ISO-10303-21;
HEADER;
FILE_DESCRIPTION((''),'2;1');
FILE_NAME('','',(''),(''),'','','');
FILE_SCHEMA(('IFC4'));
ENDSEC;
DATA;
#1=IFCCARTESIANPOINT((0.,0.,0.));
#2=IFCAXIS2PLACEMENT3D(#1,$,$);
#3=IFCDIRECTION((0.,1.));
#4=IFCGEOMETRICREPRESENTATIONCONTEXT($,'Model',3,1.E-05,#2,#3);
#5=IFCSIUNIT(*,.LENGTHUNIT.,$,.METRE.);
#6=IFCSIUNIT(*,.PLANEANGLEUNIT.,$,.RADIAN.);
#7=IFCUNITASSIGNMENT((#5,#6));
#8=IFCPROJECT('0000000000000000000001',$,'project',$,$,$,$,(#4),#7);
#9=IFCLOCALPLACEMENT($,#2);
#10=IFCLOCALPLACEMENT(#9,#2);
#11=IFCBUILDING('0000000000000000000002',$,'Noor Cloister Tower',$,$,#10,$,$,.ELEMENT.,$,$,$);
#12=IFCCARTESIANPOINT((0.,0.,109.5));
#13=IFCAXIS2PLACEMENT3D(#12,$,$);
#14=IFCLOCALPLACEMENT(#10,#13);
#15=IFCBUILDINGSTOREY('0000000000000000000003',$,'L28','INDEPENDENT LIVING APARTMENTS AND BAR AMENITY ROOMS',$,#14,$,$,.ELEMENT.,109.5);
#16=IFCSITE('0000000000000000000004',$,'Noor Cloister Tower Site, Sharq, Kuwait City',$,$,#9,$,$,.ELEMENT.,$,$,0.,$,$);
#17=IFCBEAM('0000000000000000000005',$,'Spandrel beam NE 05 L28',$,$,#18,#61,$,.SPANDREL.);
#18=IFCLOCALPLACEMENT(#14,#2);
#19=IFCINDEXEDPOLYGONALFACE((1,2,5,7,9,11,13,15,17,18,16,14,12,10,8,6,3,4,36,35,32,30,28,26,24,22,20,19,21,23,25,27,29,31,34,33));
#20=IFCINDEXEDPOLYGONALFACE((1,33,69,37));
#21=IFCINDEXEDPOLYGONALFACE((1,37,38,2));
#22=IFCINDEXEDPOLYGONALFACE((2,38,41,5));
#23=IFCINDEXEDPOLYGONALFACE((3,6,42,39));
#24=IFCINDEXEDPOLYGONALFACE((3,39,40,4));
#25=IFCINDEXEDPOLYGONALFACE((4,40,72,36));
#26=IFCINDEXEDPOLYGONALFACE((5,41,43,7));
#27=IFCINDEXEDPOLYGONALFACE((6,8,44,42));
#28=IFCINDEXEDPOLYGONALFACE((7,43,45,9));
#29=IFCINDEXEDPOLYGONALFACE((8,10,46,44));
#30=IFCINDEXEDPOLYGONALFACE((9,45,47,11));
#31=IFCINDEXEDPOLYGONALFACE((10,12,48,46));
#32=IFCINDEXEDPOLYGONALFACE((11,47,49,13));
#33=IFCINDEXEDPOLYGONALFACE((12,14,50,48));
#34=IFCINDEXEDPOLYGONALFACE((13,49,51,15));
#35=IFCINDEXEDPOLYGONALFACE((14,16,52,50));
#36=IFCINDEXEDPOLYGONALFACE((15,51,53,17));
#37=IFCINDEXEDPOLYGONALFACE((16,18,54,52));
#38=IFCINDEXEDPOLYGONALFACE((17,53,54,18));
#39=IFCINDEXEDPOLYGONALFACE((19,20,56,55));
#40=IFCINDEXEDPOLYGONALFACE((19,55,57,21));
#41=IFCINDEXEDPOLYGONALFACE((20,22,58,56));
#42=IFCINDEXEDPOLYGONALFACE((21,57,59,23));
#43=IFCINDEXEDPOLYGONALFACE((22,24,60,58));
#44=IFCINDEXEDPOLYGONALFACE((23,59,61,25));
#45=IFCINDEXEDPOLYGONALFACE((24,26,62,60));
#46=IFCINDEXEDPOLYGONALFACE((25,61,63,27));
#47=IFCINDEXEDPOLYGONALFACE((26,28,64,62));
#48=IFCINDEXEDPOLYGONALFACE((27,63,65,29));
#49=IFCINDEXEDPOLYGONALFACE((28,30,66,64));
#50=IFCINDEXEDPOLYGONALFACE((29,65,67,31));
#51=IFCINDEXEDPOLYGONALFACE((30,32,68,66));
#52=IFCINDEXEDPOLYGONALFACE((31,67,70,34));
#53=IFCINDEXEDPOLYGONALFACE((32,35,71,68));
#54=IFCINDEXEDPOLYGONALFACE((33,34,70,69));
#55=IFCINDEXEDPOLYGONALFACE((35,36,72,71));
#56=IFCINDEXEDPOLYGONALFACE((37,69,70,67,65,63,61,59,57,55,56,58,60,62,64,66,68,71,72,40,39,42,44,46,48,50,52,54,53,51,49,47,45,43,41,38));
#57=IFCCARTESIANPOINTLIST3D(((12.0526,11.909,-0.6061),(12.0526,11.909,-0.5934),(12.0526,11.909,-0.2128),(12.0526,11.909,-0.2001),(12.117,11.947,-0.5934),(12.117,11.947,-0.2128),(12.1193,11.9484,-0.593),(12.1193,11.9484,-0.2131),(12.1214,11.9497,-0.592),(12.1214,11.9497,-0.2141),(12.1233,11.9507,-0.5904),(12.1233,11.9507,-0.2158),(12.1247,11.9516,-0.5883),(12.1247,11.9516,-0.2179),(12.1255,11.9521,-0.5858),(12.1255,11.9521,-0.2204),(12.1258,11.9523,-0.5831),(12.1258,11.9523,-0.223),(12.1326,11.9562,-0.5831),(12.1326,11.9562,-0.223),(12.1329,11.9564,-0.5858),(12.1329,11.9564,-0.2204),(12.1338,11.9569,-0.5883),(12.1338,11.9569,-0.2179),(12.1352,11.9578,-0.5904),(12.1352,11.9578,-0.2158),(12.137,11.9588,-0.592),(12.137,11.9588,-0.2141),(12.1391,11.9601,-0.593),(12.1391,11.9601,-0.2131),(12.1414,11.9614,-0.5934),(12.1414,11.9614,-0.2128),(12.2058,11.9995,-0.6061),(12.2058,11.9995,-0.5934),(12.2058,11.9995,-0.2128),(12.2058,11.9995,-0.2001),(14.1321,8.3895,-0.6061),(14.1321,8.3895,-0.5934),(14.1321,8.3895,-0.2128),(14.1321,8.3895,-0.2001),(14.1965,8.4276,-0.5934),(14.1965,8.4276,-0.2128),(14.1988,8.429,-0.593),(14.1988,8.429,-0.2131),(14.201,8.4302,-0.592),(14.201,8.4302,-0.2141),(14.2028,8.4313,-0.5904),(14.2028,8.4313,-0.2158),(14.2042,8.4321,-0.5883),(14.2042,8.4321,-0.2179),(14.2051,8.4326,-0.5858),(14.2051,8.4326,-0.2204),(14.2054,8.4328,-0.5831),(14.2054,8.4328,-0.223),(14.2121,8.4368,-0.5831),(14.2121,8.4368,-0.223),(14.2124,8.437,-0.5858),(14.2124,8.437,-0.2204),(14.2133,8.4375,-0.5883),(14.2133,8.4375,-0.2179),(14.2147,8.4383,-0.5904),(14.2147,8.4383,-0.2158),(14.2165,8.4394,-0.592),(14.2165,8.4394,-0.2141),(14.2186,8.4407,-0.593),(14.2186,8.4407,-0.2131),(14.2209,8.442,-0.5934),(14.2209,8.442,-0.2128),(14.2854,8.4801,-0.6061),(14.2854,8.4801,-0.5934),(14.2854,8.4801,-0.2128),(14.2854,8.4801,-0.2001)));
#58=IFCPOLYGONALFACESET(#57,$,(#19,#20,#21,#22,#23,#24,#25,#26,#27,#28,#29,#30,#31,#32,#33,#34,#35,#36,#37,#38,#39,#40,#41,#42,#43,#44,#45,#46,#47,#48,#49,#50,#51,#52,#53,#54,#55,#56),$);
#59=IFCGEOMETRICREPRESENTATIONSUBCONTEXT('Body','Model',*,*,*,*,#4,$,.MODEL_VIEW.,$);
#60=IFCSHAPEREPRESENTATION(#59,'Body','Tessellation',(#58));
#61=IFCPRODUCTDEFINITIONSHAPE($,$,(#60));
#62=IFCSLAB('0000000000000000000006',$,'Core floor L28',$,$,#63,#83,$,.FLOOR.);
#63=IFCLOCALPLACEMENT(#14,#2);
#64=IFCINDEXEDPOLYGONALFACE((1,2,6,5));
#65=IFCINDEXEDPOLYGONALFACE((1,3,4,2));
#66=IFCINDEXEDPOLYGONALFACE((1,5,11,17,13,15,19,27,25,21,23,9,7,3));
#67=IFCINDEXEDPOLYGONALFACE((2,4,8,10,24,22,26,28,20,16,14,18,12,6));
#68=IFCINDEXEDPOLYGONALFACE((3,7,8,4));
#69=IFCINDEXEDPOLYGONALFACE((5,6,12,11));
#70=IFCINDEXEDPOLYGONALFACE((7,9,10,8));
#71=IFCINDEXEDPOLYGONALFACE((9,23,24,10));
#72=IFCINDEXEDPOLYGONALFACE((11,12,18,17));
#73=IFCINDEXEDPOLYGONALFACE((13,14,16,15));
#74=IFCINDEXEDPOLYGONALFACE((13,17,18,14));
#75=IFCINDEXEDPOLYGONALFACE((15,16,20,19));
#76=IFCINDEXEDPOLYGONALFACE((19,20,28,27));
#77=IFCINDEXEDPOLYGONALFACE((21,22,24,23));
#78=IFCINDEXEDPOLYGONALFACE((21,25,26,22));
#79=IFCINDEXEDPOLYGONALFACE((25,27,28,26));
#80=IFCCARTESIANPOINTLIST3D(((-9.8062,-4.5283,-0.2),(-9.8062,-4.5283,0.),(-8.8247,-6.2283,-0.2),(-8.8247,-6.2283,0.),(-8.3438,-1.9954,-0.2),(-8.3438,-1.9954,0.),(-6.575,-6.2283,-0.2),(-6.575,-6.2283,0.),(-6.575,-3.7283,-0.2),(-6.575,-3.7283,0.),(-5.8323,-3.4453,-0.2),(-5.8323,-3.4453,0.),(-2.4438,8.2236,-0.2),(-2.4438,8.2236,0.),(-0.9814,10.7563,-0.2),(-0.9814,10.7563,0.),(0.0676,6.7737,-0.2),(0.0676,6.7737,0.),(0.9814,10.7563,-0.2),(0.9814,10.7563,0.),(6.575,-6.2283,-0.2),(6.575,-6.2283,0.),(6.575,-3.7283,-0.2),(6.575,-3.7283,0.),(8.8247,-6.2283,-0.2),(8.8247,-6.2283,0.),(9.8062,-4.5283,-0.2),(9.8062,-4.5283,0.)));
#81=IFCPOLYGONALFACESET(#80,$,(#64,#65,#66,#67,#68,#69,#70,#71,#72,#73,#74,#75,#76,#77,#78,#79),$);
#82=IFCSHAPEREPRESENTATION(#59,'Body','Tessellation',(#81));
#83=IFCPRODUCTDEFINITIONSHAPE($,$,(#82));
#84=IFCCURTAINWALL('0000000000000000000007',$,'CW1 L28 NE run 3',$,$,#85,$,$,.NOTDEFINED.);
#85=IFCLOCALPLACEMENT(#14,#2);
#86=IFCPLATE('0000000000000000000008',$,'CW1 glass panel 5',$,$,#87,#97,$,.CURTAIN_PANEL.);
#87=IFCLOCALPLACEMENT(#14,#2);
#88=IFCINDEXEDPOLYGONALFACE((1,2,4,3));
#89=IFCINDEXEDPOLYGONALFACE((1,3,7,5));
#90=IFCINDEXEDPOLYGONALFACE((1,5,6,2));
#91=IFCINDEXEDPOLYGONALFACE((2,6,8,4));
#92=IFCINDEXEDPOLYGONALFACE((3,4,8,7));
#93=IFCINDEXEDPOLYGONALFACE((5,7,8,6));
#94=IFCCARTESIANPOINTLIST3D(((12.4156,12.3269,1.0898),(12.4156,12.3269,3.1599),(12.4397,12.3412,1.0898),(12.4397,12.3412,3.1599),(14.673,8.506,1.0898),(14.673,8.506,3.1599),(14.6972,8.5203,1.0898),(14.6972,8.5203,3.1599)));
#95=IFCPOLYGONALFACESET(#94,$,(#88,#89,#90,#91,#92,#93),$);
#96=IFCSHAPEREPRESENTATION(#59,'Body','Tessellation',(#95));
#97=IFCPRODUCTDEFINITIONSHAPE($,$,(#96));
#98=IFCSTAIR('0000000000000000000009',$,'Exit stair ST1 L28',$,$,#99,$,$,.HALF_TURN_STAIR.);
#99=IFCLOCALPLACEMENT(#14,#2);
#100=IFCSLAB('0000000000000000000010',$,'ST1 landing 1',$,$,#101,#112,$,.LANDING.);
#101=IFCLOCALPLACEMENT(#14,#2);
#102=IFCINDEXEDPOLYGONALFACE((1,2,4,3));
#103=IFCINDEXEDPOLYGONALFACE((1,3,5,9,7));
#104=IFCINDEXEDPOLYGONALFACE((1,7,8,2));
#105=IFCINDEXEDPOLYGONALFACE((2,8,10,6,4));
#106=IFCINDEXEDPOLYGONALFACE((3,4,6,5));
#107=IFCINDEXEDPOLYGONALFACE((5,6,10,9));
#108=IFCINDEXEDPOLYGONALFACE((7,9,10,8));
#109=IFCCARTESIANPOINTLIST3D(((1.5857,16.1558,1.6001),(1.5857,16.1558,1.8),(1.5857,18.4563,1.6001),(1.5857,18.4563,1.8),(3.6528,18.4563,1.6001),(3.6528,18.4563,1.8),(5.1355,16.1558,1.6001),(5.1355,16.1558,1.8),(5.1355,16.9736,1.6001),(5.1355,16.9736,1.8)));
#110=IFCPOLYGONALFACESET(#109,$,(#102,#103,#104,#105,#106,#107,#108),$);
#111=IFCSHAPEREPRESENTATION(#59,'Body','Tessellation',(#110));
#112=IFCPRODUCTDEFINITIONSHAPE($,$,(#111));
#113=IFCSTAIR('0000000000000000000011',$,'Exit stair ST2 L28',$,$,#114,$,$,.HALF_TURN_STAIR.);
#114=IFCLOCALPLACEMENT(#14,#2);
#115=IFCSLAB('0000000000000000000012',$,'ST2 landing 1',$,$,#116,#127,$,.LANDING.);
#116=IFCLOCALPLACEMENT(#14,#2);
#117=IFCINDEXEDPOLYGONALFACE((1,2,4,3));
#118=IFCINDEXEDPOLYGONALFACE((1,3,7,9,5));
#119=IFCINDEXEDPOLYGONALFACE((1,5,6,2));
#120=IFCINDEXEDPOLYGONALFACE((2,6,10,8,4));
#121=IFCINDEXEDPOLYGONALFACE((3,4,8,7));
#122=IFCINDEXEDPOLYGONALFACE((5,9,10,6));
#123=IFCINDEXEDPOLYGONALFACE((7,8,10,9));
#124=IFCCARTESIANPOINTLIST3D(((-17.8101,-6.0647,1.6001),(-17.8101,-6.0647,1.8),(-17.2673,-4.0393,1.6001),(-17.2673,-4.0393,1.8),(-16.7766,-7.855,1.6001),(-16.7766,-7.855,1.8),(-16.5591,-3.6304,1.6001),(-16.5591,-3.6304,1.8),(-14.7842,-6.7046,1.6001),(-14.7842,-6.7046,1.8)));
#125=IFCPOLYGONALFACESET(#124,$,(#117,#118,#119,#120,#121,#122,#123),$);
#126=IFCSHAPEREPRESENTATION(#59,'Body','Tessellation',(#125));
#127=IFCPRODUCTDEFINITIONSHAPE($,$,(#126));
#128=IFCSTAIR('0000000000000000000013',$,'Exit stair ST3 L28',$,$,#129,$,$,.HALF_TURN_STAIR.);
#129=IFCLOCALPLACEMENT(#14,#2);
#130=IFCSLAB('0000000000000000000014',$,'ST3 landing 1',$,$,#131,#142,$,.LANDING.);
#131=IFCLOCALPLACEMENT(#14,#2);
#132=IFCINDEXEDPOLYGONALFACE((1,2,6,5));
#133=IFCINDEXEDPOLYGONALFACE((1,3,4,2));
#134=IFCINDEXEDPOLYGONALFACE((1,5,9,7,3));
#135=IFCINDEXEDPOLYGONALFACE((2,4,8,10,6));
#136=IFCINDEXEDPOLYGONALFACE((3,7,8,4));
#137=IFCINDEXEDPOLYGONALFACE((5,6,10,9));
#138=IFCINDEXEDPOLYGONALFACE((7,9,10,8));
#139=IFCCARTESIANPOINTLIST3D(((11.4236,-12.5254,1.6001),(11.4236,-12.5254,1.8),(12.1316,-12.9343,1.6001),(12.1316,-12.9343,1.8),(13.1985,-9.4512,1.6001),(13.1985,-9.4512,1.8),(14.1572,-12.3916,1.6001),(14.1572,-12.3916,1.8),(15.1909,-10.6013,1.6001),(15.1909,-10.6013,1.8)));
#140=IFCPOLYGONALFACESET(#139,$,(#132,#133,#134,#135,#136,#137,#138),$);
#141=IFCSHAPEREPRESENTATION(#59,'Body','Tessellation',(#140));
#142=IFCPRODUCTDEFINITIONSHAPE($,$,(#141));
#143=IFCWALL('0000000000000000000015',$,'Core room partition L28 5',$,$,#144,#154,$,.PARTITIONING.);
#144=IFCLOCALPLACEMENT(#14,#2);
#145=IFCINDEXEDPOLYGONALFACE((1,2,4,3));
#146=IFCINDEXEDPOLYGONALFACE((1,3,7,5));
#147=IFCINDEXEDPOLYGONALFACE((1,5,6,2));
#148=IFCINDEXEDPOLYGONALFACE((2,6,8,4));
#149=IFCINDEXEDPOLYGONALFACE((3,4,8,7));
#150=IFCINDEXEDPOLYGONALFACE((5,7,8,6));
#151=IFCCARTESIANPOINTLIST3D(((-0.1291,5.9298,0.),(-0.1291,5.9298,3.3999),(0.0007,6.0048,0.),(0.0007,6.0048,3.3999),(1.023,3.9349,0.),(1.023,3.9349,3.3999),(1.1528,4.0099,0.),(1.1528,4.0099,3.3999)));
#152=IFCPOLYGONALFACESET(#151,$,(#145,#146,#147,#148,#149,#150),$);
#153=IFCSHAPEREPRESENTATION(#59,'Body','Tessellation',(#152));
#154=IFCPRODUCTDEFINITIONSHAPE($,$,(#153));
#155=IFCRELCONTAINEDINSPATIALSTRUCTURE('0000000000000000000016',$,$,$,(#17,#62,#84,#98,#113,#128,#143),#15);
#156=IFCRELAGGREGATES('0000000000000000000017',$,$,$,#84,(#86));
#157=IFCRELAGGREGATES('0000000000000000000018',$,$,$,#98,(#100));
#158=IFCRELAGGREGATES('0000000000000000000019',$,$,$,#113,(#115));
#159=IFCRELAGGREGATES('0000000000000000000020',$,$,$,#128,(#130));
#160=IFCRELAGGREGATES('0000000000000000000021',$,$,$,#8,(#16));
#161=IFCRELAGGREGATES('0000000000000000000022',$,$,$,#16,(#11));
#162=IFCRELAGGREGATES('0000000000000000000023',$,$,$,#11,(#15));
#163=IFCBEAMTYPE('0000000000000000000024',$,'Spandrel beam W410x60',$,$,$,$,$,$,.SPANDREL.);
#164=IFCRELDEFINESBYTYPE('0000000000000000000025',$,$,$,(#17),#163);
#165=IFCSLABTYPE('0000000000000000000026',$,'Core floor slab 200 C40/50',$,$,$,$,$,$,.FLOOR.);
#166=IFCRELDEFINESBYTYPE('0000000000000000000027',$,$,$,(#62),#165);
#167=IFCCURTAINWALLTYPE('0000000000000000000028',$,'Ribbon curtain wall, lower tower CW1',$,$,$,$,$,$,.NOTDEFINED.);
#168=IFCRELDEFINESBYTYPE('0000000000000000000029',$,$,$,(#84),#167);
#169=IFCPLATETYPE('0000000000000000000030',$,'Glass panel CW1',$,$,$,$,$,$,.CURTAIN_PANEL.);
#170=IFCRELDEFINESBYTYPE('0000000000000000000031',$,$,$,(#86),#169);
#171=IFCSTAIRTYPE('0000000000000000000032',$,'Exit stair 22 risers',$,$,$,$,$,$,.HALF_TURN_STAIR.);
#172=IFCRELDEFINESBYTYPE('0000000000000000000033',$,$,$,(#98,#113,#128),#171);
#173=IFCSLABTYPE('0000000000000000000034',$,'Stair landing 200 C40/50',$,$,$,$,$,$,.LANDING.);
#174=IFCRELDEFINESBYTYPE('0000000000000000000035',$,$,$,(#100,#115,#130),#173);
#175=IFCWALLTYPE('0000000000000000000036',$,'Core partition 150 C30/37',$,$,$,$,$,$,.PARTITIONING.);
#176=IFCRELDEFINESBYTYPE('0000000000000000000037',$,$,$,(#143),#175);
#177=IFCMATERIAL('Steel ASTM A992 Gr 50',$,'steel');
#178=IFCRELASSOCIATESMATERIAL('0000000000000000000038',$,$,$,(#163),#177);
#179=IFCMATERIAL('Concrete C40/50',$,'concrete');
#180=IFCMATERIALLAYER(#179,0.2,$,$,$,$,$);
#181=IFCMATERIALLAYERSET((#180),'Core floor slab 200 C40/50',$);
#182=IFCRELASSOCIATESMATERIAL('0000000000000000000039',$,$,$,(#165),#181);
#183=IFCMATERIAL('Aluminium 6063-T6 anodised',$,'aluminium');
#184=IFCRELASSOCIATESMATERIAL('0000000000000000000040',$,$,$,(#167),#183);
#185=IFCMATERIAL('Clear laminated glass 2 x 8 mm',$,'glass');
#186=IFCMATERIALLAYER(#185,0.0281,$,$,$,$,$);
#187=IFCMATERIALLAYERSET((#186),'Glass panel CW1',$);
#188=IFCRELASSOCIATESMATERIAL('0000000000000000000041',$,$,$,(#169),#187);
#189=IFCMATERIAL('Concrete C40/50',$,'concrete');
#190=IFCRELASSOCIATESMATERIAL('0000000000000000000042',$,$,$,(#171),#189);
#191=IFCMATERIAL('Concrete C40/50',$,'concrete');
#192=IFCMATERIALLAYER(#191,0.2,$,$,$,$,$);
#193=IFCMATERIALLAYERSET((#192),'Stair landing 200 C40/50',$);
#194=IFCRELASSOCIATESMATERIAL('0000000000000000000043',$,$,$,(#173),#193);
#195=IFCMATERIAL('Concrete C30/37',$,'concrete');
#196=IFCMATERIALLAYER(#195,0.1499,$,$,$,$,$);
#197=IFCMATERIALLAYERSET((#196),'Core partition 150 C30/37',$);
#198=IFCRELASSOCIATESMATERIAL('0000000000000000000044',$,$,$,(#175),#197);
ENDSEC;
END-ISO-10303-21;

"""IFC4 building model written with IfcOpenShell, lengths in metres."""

from ifc_helpers import new_model, si_unit, direction, frame, frame_2d, origin, origin_2d, place, context, subcontext, project, spatial, polyline, rectangle, i_section, outline, extrude, material, layer, layer_set, material_profile, profile_set, type_object, element, aggregate, save


model = new_model("IFC4")

# Units and contexts
model_context = context("Model", 3, precision=1e-05, world=origin(), true_north=direction((0.0, 1.0)))
body_context = subcontext(model_context, "Body", "Model", "MODEL_VIEW")
ifc_project = project(units=[si_unit("LENGTHUNIT", "METRE"), si_unit("PLANEANGLEUNIT", "RADIAN")], contexts=[model_context])

# Site, building, storey
site_placement = place(None, origin())
site = spatial("IfcSite", under=ifc_project, at=site_placement, Name="Noor Cloister Tower Site, Sharq, Kuwait City", CompositionType="ELEMENT", RefElevation=0.0)
building_placement = place(site_placement, origin())
building = spatial("IfcBuilding", under=site, at=building_placement, Name="Noor Cloister Tower", CompositionType="ELEMENT")
storey_placement = place(building_placement, frame((0.0, 0.0, 109.5)))
storey = spatial("IfcBuildingStorey", under=building, at=storey_placement, Name="L28", Description="INDEPENDENT LIVING APARTMENTS AND BAR AMENITY ROOMS", CompositionType="ELEMENT", Elevation=109.5)

# Beam
ifc_material_1 = material(Name="Steel ASTM A992 Gr 50", Category="steel")
ifc_material_profile = material_profile(ifc_material_1, i_section(OverallWidth=0.178, OverallDepth=0.406, WebThickness=0.0078, FlangeThickness=0.0127, FilletRadius=0.0103, at=origin_2d()), Name="W410x60")
ifc_profile_set = profile_set([ifc_material_profile], Name="Steel ASTM A992 Gr 50")
beam_type = type_object("IfcBeamType", Name="Spandrel beam W410x60", PredefinedType="SPANDREL", material=ifc_profile_set)
beam_placement = place(storey_placement, frame((14.2087, 8.4348, -0.4031), z_axis=(-0.508705, 0.860941, 0.0), x_axis=(-0.860941, -0.508705, 0.0)))
element("IfcBeam", 1, at=beam_placement, inside=storey, type_object=beam_type, Name="Spandrel beam NE 05 L28", PredefinedType="SPANDREL", context=body_context, shape_type="SweptSolid", body=[
    extrude(i_section(OverallWidth=0.178, OverallDepth=0.406, WebThickness=0.0078, FlangeThickness=0.0127, FilletRadius=0.0103, at=origin_2d()), origin(), (0.0, 0.0, 1.0), 4.0879),
])

# Slab
ifc_material_2 = material(Name="Concrete C40/50", Category="concrete")
ifc_layer_1 = layer(ifc_material_2, 0.2)
ifc_layer_set_1 = layer_set([ifc_layer_1], Name="Core floor slab 200 C40/50")
slab_type_1 = type_object("IfcSlabType", Name="Core floor slab 200 C40/50", PredefinedType="FLOOR", material=ifc_layer_set_1)
slab_1_placement = place(storey_placement, frame((0.0, 0.0, -0.2)))
element("IfcSlab", 2, at=slab_1_placement, inside=storey, type_object=slab_type_1, Name="Core floor L28", PredefinedType="FLOOR", context=body_context, shape_type="SweptSolid", body=[
    extrude(outline(polyline([(-6.575, -6.2283), (-6.575, -3.7283), (6.575, -3.7283), (6.575, -6.2283), (8.8247, -6.2283), (9.8062, -4.5283), (0.9814, 10.7563), (-0.9814, 10.7563), (-2.4438, 8.2236), (0.0676, 6.7737), (-5.8323, -3.4453), (-8.3438, -1.9954), (-9.8062, -4.5283), (-8.8247, -6.2283), (-6.575, -6.2283)])), origin(), (0.0, 0.0, 1.0), 0.2),
])

# Curtain wall, plate
ifc_material_3 = material(Name="Aluminium 6063-T6 anodised", Category="aluminium")
curtain_wall_type = type_object("IfcCurtainWallType", Name="Ribbon curtain wall, lower tower CW1", PredefinedType="NOTDEFINED", material=ifc_material_3)
curtain_wall_placement = place(storey_placement, origin())
curtain_wall = element("IfcCurtainWall", 3, at=curtain_wall_placement, inside=storey, type_object=curtain_wall_type, Name="CW1 L28 NE run 3", PredefinedType="NOTDEFINED")
ifc_material_4 = material(Name="Clear laminated glass 2 x 8 mm", Category="glass")
ifc_layer_2 = layer(ifc_material_4, 0.0281)
ifc_layer_set_2 = layer_set([ifc_layer_2], Name="Glass panel CW1")
plate_type = type_object("IfcPlateType", Name="Glass panel CW1", PredefinedType="CURTAIN_PANEL", material=ifc_layer_set_2)
plate_placement = place(storey_placement, frame((13.5564, 10.4236, 1.0898), z_axis=(0.0, 0.0, 1.0), x_axis=(-0.508669, 0.860962, 0.0)))
plate = element("IfcPlate", 4, at=plate_placement, type_object=plate_type, Name="CW1 glass panel 5", PredefinedType="CURTAIN_PANEL", context=body_context, shape_type="SweptSolid", body=[
    extrude(rectangle(XDim=4.438, YDim=0.0281, at=origin_2d()), origin(), (0.0, 0.0, 1.0), 2.0701),
])
aggregate(curtain_wall, [plate])

# Stairs, slabs
ifc_material_5 = material(Name="Concrete C40/50", Category="concrete")
stair_type = type_object("IfcStairType", Name="Exit stair 22 risers", PredefinedType="HALF_TURN_STAIR", material=ifc_material_5)
stair_1_placement = place(storey_placement, origin())
stair_1 = element("IfcStair", 5, at=stair_1_placement, inside=storey, type_object=stair_type, Name="Exit stair ST1 L28", PredefinedType="HALF_TURN_STAIR")
ifc_material_6 = material(Name="Concrete C40/50", Category="concrete")
ifc_layer_3 = layer(ifc_material_6, 0.2)
ifc_layer_set_3 = layer_set([ifc_layer_3], Name="Stair landing 200 C40/50")
slab_type_2 = type_object("IfcSlabType", Name="Stair landing 200 C40/50", PredefinedType="LANDING", material=ifc_layer_set_3)
slab_2_placement = place(storey_placement, frame((0.0, 0.0, 1.6001)))
slab_2 = element("IfcSlab", 6, at=slab_2_placement, type_object=slab_type_2, Name="ST1 landing 1", PredefinedType="LANDING", context=body_context, shape_type="SweptSolid", body=[
    extrude(outline(polyline([(5.1355, 16.1558), (5.1355, 16.9736), (3.6528, 18.4563), (1.5857, 18.4563), (1.5857, 16.1558), (5.1355, 16.1558)])), origin(), (0.0, 0.0, 1.0), 0.2),
])
aggregate(stair_1, [slab_2])
stair_2_placement = place(storey_placement, origin())
stair_2 = element("IfcStair", 7, at=stair_2_placement, inside=storey, type_object=stair_type, Name="Exit stair ST2 L28", PredefinedType="HALF_TURN_STAIR")
slab_3_placement = place(storey_placement, frame((0.0, 0.0, 1.6001)))
slab_3 = element("IfcSlab", 8, at=slab_3_placement, type_object=slab_type_2, Name="ST2 landing 1", PredefinedType="LANDING", context=body_context, shape_type="SweptSolid", body=[
    extrude(outline(polyline([(-16.5591, -3.6304), (-17.2673, -4.0393), (-17.8101, -6.0647), (-16.7766, -7.855), (-14.7842, -6.7046), (-16.5591, -3.6304)])), origin(), (0.0, 0.0, 1.0), 0.2),
])
aggregate(stair_2, [slab_3])
stair_3_placement = place(storey_placement, origin())
stair_3 = element("IfcStair", 9, at=stair_3_placement, inside=storey, type_object=stair_type, Name="Exit stair ST3 L28", PredefinedType="HALF_TURN_STAIR")
slab_4_placement = place(storey_placement, frame((0.0, 0.0, 1.6001)))
slab_4 = element("IfcSlab", 10, at=slab_4_placement, type_object=slab_type_2, Name="ST3 landing 1", PredefinedType="LANDING", context=body_context, shape_type="SweptSolid", body=[
    extrude(outline(polyline([(11.4236, -12.5254), (12.1316, -12.9343), (14.1572, -12.3916), (15.1909, -10.6013), (13.1985, -9.4512), (11.4236, -12.5254)])), origin(), (0.0, 0.0, 1.0), 0.2),
])
aggregate(stair_3, [slab_4])

# Wall
ifc_material_7 = material(Name="Concrete C30/37", Category="concrete")
ifc_layer_4 = layer(ifc_material_7, 0.1499)
ifc_layer_set_4 = layer_set([ifc_layer_4], Name="Core partition 150 C30/37")
wall_type_1 = type_object("IfcWallType", Name="Core partition 150 C30/37", PredefinedType="PARTITIONING", material=ifc_layer_set_4)
wall_1_placement = place(storey_placement, frame((1.0879, 3.9724, 0.0), z_axis=(0.0, 0.0, 1.0), x_axis=(-0.500117, 0.865958, 0.0)))
element("IfcWall", 11, at=wall_1_placement, inside=storey, type_object=wall_type_1, Name="Core room partition L28 5", PredefinedType="PARTITIONING", context=body_context, shape_type="SweptSolid", body=[
    extrude(rectangle(XDim=2.3037, YDim=0.1499, at=frame_2d((1.1519, 0.0))), origin(), (0.0, 0.0, 1.0), 3.3999),
])

save(model, "model.ifc")
